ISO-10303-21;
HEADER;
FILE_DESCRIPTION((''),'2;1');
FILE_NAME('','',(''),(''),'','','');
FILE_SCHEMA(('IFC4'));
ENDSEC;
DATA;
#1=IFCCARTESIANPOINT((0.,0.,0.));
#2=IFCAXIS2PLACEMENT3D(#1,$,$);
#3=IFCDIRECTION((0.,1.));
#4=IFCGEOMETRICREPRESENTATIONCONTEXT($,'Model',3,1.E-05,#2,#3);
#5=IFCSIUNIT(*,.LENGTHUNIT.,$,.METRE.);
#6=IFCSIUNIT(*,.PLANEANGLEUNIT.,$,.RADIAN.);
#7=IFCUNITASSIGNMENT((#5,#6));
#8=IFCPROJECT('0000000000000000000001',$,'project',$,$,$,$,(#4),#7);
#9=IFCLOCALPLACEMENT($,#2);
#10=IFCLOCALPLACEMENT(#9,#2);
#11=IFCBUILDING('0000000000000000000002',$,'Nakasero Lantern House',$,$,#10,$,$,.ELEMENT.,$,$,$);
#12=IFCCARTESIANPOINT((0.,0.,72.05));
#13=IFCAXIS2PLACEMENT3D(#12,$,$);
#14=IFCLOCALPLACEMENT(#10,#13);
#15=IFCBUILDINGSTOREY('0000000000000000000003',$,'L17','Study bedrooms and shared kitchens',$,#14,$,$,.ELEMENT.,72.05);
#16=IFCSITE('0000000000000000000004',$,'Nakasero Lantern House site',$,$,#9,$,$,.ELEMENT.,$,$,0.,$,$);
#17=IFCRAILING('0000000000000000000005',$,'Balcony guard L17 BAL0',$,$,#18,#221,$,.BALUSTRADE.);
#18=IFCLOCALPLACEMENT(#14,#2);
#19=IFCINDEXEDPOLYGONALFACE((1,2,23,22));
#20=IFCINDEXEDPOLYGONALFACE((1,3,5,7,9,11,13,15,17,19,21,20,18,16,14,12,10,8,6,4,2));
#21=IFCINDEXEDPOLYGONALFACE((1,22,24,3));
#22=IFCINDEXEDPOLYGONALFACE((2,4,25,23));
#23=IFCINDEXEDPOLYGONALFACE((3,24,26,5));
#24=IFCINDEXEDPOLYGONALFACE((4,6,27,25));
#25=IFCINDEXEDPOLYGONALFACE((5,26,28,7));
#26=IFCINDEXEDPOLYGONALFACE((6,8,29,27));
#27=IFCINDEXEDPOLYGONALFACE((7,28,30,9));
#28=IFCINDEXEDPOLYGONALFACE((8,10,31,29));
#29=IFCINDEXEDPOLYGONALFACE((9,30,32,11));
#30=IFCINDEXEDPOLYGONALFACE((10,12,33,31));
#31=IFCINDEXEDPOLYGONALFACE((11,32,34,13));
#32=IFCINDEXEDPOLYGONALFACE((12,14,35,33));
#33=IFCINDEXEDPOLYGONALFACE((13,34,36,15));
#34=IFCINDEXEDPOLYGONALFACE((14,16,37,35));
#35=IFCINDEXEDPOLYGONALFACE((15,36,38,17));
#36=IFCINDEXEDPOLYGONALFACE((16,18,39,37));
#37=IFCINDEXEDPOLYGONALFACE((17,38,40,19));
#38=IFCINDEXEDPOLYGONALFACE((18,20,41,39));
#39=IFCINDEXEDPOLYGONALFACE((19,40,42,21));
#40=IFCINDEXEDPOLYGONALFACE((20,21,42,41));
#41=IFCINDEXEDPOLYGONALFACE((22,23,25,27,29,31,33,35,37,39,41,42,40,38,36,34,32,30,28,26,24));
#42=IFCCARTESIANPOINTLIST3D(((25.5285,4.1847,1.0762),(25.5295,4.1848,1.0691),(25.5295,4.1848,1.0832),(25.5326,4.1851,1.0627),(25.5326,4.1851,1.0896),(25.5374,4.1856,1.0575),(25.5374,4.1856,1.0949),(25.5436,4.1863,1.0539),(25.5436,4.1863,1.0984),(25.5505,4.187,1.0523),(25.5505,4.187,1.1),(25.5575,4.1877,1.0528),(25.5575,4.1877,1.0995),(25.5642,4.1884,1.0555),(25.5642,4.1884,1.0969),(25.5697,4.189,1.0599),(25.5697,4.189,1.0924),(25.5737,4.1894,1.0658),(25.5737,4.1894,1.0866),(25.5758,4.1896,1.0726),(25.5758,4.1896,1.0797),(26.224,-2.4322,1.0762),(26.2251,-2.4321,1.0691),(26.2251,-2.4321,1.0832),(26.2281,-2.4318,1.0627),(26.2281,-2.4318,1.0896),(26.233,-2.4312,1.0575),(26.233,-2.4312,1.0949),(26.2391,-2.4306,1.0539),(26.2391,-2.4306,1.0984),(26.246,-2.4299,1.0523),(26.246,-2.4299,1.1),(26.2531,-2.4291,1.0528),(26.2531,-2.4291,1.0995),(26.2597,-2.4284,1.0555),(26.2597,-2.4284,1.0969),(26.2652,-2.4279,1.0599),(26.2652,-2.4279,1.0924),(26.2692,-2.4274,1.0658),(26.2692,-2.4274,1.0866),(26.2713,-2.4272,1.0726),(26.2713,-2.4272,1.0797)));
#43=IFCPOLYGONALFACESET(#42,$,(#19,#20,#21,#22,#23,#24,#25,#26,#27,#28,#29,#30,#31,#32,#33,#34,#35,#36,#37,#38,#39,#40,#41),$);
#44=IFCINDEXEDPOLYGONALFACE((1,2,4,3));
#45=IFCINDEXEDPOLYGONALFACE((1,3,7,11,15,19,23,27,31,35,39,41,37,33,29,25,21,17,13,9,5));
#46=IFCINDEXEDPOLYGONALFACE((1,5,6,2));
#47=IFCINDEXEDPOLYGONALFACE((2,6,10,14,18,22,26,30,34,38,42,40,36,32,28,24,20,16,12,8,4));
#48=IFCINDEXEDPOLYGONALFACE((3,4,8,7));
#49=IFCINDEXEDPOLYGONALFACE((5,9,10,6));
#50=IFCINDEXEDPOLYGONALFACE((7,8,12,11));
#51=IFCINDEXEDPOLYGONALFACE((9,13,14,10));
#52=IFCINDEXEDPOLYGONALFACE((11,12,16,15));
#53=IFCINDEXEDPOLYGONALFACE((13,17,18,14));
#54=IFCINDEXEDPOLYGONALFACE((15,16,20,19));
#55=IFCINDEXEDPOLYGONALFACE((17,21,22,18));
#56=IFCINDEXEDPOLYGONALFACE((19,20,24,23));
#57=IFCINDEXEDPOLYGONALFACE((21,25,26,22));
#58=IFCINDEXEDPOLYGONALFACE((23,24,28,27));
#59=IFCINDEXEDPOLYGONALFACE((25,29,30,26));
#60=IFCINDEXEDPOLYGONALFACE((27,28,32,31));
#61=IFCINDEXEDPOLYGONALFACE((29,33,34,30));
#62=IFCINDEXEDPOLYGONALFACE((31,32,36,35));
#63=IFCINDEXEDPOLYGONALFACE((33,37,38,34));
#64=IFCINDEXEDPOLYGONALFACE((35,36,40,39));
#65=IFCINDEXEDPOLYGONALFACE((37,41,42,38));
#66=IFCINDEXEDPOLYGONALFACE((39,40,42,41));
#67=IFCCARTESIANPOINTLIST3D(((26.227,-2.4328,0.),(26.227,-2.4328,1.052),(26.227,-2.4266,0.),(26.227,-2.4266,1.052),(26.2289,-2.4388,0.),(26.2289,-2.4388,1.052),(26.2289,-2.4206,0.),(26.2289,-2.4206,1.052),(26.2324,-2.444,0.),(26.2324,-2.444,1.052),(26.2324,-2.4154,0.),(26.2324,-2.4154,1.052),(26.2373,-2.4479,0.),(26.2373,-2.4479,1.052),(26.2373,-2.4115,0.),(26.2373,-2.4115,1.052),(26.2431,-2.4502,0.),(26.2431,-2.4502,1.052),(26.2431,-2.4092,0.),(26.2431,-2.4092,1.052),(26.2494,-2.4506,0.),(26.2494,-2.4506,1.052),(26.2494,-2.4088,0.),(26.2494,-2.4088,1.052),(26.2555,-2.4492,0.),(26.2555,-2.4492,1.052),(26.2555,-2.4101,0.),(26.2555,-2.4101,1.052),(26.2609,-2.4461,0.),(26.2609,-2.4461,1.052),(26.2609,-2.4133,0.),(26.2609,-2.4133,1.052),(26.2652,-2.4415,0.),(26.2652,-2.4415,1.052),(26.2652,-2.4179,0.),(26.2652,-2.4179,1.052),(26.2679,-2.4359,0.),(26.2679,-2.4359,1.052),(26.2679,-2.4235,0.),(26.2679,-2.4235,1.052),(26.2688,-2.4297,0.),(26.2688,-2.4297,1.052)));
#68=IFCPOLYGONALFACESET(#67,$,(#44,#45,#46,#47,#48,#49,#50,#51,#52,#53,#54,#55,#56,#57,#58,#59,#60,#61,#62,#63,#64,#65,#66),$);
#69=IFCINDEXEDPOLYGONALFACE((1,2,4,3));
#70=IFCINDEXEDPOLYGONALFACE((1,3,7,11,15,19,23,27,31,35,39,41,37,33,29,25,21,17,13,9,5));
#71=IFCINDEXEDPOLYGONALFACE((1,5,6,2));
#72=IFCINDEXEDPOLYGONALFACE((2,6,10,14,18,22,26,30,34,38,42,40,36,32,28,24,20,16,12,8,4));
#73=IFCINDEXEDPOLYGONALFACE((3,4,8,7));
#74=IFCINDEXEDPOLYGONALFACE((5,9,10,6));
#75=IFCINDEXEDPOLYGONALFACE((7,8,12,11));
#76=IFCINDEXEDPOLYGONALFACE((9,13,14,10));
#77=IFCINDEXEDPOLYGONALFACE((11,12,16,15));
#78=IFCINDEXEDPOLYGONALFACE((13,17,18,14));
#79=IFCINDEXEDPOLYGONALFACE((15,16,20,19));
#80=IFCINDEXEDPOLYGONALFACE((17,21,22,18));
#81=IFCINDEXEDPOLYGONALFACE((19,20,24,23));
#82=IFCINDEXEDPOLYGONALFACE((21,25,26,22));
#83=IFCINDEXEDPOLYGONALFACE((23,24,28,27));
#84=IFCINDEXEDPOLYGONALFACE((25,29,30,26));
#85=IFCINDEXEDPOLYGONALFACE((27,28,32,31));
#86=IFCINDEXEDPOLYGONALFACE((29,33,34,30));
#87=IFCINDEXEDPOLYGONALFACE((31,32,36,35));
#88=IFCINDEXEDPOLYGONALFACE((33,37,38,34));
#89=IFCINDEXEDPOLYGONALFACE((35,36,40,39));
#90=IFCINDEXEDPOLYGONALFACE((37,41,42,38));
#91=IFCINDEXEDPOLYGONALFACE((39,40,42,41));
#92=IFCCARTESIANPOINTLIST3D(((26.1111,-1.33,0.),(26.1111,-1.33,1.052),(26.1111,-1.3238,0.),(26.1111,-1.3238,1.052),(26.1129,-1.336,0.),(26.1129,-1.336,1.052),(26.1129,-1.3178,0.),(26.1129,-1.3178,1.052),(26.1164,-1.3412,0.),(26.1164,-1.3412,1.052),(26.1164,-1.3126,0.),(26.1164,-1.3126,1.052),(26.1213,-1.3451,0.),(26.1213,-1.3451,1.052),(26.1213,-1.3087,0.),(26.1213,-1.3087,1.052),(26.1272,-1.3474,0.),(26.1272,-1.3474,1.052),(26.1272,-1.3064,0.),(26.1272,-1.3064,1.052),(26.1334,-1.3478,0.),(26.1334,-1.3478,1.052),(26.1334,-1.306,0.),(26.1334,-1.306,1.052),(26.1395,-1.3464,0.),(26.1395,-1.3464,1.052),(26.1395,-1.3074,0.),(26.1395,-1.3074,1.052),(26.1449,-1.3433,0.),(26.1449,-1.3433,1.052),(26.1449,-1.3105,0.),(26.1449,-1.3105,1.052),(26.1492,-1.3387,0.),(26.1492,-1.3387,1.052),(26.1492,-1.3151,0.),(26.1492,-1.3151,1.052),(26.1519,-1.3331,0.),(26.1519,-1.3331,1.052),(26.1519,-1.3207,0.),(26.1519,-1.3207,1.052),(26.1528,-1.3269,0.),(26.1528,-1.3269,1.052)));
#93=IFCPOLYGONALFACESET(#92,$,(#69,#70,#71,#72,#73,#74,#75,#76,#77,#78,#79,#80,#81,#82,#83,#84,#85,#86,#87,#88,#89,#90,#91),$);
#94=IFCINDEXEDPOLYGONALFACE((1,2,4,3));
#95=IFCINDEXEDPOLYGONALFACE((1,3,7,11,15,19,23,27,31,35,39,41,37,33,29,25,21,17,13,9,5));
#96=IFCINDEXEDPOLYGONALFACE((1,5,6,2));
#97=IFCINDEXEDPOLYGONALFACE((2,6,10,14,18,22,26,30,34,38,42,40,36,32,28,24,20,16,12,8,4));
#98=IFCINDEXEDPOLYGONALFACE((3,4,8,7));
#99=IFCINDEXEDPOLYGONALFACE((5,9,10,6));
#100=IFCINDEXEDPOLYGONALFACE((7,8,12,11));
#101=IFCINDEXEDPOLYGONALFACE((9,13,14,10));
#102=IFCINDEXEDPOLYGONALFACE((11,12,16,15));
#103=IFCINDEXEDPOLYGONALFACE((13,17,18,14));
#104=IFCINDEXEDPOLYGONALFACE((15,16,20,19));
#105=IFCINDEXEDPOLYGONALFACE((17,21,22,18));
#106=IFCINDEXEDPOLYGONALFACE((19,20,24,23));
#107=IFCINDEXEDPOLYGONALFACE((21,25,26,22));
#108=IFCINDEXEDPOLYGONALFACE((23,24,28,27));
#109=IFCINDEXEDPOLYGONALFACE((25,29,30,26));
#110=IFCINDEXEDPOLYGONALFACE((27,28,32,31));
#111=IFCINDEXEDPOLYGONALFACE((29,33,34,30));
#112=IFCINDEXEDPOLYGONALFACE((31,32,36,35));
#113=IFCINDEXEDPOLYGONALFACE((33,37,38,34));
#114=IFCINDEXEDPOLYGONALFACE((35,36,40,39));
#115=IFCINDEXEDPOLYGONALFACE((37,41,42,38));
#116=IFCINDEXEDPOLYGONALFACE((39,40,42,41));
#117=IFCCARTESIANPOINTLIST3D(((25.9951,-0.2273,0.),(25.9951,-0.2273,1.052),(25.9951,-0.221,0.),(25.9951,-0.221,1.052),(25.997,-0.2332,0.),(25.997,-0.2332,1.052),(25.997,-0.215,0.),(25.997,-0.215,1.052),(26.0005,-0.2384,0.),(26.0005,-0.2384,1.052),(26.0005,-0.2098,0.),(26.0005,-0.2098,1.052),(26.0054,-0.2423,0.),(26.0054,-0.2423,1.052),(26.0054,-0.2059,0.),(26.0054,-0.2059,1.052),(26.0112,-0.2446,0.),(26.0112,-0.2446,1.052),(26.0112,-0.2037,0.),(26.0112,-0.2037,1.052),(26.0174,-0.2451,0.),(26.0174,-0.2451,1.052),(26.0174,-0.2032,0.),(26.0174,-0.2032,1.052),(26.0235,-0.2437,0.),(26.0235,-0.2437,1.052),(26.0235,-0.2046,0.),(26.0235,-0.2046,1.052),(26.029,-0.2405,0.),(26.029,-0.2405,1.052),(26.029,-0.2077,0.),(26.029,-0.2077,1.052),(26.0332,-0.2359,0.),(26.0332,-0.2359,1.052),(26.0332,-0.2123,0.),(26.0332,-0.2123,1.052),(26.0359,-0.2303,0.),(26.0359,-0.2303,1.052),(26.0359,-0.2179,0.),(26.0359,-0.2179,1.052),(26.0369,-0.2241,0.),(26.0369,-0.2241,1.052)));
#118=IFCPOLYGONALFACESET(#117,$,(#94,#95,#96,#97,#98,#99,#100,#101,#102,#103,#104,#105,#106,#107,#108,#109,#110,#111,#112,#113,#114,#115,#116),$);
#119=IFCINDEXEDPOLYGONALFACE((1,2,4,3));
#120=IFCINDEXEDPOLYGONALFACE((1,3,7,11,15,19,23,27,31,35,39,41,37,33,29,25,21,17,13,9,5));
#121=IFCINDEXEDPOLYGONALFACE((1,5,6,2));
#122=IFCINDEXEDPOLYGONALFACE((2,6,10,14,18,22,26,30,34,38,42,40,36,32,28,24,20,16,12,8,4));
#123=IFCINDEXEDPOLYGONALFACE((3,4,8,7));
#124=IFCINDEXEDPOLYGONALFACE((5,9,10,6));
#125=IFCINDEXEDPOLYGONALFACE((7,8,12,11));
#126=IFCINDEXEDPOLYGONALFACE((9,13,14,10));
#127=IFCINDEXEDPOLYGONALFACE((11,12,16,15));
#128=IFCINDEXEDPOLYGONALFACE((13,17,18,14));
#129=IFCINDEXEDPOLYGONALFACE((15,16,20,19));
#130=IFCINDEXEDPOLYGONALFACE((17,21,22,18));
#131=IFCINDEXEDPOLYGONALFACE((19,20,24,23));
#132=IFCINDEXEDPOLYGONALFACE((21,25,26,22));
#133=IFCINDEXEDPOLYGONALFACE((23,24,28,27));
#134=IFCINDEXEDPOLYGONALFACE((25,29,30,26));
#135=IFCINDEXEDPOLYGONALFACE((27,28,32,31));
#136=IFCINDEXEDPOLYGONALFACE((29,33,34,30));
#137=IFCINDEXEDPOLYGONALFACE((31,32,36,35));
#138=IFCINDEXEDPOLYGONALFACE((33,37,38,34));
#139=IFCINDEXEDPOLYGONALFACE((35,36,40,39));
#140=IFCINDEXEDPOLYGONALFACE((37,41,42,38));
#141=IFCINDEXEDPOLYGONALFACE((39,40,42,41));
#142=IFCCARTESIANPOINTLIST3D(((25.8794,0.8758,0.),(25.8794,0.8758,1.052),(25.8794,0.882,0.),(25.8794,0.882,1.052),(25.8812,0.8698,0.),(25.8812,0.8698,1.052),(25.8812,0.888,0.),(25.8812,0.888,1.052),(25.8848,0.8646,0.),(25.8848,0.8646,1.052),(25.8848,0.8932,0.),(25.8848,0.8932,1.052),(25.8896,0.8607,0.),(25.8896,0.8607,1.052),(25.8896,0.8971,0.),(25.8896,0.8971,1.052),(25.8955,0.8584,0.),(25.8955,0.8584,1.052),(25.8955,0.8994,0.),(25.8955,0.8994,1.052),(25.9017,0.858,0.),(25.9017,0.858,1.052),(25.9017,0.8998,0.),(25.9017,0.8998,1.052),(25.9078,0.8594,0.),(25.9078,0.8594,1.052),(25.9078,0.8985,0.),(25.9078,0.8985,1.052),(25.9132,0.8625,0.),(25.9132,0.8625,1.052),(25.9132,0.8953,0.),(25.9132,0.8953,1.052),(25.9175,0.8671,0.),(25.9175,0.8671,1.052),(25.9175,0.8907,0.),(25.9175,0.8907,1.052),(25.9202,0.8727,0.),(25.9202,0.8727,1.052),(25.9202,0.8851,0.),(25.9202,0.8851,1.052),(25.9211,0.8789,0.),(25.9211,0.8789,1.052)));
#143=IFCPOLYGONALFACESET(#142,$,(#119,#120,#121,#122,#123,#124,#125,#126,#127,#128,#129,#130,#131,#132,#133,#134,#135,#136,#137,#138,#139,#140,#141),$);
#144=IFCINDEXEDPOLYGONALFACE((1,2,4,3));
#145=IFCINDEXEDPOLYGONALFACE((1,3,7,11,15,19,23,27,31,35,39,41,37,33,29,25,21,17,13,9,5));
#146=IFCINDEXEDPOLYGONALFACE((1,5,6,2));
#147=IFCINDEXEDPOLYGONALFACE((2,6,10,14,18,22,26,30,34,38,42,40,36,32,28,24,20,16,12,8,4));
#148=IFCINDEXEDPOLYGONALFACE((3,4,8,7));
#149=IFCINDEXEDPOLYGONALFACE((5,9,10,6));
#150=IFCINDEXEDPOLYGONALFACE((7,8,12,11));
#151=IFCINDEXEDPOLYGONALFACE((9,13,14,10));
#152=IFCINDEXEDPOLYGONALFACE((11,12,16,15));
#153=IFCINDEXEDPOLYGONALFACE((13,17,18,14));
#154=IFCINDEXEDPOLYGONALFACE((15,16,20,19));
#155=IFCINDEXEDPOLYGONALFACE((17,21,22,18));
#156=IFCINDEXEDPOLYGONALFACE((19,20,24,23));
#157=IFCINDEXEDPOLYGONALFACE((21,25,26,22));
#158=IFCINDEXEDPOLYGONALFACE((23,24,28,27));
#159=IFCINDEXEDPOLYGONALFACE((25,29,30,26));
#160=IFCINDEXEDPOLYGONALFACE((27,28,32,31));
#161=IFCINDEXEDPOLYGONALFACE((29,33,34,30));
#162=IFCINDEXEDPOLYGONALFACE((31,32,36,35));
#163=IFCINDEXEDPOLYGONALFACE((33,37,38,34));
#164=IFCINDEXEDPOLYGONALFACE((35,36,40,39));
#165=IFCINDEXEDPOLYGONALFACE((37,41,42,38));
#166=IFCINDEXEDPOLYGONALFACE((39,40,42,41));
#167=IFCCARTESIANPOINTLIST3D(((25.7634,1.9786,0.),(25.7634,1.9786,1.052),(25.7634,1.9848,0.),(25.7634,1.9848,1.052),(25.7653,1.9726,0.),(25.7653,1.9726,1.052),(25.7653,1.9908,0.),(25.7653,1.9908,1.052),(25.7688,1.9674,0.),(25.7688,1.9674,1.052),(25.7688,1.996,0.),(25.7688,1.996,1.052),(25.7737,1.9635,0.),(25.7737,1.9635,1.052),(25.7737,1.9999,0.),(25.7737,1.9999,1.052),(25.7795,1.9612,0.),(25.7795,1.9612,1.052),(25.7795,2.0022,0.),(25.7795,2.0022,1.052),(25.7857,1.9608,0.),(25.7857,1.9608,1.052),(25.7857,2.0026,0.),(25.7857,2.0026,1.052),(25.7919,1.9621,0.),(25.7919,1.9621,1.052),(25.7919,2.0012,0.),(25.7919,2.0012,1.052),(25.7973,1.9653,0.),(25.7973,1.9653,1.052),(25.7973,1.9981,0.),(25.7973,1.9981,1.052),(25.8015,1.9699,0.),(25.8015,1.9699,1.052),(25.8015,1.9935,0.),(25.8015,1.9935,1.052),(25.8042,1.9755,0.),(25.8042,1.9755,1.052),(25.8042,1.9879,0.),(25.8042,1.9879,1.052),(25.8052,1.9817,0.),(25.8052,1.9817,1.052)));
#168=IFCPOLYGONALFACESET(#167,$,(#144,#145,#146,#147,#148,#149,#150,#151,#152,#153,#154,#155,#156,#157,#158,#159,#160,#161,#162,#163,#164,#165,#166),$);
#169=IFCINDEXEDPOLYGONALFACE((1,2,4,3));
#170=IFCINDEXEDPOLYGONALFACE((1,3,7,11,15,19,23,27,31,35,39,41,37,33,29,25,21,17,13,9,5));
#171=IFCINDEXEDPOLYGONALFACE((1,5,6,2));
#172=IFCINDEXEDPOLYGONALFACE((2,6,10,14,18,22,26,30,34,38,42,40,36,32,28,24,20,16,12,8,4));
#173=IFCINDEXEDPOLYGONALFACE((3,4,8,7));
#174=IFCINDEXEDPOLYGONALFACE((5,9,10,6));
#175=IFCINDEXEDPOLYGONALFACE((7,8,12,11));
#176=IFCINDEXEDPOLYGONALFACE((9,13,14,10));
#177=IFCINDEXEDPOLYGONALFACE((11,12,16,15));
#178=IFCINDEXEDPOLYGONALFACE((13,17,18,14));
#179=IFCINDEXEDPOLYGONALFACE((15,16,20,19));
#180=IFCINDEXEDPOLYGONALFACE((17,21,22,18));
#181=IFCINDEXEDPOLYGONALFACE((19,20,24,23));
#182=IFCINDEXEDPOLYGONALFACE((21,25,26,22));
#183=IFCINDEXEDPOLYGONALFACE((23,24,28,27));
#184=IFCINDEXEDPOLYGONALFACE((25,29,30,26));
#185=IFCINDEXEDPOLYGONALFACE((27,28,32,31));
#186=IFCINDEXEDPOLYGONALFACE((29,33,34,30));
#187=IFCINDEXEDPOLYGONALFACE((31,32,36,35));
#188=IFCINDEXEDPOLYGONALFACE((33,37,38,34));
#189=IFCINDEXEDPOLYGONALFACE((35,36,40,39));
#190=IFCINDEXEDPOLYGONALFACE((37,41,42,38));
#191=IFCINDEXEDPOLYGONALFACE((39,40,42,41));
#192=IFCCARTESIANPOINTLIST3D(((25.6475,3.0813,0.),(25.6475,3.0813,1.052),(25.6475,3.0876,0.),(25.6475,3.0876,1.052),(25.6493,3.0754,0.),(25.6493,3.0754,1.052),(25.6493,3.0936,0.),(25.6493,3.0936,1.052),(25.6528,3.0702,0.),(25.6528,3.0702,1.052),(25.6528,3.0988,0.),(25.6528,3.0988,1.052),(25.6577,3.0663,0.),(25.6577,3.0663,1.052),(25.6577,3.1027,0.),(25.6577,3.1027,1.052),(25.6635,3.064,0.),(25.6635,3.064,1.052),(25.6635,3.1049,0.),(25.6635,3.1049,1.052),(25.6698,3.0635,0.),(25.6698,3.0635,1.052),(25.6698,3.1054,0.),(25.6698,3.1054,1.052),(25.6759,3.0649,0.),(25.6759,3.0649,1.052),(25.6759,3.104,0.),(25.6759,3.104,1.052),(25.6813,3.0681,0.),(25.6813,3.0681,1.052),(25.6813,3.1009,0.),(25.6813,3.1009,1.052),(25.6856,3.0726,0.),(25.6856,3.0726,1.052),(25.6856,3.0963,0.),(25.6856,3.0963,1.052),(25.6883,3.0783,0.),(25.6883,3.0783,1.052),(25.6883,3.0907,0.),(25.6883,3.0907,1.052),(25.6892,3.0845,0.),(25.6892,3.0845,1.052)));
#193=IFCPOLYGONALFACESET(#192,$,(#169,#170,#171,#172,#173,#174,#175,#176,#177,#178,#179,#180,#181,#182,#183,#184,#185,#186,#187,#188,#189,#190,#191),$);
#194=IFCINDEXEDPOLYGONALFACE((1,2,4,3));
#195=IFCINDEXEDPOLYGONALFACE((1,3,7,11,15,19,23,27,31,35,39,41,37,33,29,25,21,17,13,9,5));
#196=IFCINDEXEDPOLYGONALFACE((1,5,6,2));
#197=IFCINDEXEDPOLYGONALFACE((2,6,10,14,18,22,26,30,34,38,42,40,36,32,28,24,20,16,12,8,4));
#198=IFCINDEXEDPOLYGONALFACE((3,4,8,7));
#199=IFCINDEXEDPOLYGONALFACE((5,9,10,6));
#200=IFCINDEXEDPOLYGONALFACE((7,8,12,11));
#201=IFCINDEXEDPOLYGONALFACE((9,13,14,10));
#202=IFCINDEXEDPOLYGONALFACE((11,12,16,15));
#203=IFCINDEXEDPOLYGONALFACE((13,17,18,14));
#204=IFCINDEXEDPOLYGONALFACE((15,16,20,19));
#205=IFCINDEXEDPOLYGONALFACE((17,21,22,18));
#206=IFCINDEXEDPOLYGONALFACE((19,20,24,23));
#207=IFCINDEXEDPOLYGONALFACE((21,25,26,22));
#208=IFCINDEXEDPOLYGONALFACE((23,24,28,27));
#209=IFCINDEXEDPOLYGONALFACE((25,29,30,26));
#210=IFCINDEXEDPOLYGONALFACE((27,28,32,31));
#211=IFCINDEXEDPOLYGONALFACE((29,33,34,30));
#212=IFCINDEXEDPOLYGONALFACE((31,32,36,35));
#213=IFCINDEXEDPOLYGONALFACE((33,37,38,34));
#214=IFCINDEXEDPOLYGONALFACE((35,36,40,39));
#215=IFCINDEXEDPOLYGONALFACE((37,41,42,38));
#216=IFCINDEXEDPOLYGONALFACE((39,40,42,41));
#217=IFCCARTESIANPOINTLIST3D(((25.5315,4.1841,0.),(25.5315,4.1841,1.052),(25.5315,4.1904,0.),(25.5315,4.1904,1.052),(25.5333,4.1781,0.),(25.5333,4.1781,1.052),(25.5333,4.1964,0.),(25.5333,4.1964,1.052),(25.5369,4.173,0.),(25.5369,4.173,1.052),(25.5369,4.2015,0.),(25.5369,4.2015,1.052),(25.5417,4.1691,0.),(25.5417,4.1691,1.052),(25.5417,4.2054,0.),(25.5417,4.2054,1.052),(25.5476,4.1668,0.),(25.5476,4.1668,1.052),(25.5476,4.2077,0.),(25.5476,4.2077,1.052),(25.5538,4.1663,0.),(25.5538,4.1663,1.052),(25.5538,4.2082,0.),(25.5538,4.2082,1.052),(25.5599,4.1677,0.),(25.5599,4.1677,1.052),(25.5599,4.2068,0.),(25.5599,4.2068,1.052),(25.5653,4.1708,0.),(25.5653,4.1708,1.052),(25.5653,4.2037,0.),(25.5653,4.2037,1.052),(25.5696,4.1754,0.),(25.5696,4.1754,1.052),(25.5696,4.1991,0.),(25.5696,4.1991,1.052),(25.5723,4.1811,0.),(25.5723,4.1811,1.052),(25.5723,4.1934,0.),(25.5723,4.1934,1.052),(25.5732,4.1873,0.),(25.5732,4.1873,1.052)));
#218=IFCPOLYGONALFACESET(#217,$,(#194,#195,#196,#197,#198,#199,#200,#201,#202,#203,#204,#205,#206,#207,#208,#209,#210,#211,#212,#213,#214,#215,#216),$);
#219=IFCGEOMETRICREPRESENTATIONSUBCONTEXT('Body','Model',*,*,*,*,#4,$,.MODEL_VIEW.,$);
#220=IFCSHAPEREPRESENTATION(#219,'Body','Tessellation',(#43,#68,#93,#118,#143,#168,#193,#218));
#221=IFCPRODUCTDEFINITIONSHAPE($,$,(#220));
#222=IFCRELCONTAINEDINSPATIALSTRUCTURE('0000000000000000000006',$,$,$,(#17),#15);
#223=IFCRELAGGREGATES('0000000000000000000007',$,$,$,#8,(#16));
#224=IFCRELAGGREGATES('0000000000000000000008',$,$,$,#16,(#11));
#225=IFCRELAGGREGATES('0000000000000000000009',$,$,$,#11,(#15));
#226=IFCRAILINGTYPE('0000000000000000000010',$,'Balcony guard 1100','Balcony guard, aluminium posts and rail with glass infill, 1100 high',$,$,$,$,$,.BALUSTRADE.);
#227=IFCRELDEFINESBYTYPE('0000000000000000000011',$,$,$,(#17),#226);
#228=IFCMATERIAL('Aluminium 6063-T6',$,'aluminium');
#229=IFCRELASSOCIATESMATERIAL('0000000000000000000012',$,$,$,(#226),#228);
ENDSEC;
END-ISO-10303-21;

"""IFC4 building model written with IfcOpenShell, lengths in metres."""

from ifc_helpers import new_model, si_unit, direction, frame, origin, origin_2d, place, context, subcontext, project, spatial, circle, extrude, material, type_object, element, save


model = new_model("IFC4")

# Units and contexts
model_context = context("Model", 3, precision=1e-05, world=origin(), true_north=direction((0.0, 1.0)))
body_context = subcontext(model_context, "Body", "Model", "MODEL_VIEW")
ifc_project = project(units=[si_unit("LENGTHUNIT", "METRE"), si_unit("PLANEANGLEUNIT", "RADIAN")], contexts=[model_context])

# Site, building, storey
site_placement = place(None, origin())
site = spatial("IfcSite", under=ifc_project, at=site_placement, Name="Nakasero Lantern House site", CompositionType="ELEMENT", RefElevation=0.0)
building_placement = place(site_placement, origin())
building = spatial("IfcBuilding", under=site, at=building_placement, Name="Nakasero Lantern House", CompositionType="ELEMENT")
storey_placement = place(building_placement, frame((0.0, 0.0, 72.05)))
storey = spatial("IfcBuildingStorey", under=building, at=storey_placement, Name="L17", Description="Study bedrooms and shared kitchens", CompositionType="ELEMENT", Elevation=72.05)

# Railing
ifc_material_1 = material(Name="Aluminium 6063-T6", Category="aluminium")
railing_type = type_object("IfcRailingType", Name="Balcony guard 1100", Description="Balcony guard, aluminium posts and rail with glass infill, 1100 high", PredefinedType="BALUSTRADE", material=ifc_material_1)
railing_placement = place(storey_placement, frame((26.2478, -2.4297, 0.0)))
element("IfcRailing", 1, at=railing_placement, inside=storey, type_object=railing_type, Name="Balcony guard L17 BAL0", PredefinedType="BALUSTRADE", context=body_context, shape_type="SweptSolid", body=[
    extrude(circle(Radius=0.0239, at=origin_2d()), frame((0.0, 0.0, 1.0762), z_axis=(-0.104542, 0.994521, 0.0), x_axis=(-0.994521, -0.104542, 0.0)), (0.0, 0.0, 1.0), 6.6533),
    extrude(circle(Radius=0.021, at=origin_2d()), origin(), (0.0, 0.0, 1.0), 1.052),
    extrude(circle(Radius=0.021, at=origin_2d()), frame((-0.116, 1.1028, 0.0)), (0.0, 0.0, 1.0), 1.052),
    extrude(circle(Radius=0.021, at=origin_2d()), frame((-0.2319, 2.2056, 0.0)), (0.0, 0.0, 1.0), 1.052),
    extrude(circle(Radius=0.021, at=origin_2d()), frame((-0.3477, 3.3086, 0.0)), (0.0, 0.0, 1.0), 1.052),
    extrude(circle(Radius=0.021, at=origin_2d()), frame((-0.4636, 4.4114, 0.0)), (0.0, 0.0, 1.0), 1.052),
    extrude(circle(Radius=0.021, at=origin_2d()), frame((-0.5796, 5.5142, 0.0)), (0.0, 0.0, 1.0), 1.052),
    extrude(circle(Radius=0.021, at=origin_2d()), frame((-0.6956, 6.6169, 0.0)), (0.0, 0.0, 1.0), 1.052),
])

save(model, "model.ifc")
